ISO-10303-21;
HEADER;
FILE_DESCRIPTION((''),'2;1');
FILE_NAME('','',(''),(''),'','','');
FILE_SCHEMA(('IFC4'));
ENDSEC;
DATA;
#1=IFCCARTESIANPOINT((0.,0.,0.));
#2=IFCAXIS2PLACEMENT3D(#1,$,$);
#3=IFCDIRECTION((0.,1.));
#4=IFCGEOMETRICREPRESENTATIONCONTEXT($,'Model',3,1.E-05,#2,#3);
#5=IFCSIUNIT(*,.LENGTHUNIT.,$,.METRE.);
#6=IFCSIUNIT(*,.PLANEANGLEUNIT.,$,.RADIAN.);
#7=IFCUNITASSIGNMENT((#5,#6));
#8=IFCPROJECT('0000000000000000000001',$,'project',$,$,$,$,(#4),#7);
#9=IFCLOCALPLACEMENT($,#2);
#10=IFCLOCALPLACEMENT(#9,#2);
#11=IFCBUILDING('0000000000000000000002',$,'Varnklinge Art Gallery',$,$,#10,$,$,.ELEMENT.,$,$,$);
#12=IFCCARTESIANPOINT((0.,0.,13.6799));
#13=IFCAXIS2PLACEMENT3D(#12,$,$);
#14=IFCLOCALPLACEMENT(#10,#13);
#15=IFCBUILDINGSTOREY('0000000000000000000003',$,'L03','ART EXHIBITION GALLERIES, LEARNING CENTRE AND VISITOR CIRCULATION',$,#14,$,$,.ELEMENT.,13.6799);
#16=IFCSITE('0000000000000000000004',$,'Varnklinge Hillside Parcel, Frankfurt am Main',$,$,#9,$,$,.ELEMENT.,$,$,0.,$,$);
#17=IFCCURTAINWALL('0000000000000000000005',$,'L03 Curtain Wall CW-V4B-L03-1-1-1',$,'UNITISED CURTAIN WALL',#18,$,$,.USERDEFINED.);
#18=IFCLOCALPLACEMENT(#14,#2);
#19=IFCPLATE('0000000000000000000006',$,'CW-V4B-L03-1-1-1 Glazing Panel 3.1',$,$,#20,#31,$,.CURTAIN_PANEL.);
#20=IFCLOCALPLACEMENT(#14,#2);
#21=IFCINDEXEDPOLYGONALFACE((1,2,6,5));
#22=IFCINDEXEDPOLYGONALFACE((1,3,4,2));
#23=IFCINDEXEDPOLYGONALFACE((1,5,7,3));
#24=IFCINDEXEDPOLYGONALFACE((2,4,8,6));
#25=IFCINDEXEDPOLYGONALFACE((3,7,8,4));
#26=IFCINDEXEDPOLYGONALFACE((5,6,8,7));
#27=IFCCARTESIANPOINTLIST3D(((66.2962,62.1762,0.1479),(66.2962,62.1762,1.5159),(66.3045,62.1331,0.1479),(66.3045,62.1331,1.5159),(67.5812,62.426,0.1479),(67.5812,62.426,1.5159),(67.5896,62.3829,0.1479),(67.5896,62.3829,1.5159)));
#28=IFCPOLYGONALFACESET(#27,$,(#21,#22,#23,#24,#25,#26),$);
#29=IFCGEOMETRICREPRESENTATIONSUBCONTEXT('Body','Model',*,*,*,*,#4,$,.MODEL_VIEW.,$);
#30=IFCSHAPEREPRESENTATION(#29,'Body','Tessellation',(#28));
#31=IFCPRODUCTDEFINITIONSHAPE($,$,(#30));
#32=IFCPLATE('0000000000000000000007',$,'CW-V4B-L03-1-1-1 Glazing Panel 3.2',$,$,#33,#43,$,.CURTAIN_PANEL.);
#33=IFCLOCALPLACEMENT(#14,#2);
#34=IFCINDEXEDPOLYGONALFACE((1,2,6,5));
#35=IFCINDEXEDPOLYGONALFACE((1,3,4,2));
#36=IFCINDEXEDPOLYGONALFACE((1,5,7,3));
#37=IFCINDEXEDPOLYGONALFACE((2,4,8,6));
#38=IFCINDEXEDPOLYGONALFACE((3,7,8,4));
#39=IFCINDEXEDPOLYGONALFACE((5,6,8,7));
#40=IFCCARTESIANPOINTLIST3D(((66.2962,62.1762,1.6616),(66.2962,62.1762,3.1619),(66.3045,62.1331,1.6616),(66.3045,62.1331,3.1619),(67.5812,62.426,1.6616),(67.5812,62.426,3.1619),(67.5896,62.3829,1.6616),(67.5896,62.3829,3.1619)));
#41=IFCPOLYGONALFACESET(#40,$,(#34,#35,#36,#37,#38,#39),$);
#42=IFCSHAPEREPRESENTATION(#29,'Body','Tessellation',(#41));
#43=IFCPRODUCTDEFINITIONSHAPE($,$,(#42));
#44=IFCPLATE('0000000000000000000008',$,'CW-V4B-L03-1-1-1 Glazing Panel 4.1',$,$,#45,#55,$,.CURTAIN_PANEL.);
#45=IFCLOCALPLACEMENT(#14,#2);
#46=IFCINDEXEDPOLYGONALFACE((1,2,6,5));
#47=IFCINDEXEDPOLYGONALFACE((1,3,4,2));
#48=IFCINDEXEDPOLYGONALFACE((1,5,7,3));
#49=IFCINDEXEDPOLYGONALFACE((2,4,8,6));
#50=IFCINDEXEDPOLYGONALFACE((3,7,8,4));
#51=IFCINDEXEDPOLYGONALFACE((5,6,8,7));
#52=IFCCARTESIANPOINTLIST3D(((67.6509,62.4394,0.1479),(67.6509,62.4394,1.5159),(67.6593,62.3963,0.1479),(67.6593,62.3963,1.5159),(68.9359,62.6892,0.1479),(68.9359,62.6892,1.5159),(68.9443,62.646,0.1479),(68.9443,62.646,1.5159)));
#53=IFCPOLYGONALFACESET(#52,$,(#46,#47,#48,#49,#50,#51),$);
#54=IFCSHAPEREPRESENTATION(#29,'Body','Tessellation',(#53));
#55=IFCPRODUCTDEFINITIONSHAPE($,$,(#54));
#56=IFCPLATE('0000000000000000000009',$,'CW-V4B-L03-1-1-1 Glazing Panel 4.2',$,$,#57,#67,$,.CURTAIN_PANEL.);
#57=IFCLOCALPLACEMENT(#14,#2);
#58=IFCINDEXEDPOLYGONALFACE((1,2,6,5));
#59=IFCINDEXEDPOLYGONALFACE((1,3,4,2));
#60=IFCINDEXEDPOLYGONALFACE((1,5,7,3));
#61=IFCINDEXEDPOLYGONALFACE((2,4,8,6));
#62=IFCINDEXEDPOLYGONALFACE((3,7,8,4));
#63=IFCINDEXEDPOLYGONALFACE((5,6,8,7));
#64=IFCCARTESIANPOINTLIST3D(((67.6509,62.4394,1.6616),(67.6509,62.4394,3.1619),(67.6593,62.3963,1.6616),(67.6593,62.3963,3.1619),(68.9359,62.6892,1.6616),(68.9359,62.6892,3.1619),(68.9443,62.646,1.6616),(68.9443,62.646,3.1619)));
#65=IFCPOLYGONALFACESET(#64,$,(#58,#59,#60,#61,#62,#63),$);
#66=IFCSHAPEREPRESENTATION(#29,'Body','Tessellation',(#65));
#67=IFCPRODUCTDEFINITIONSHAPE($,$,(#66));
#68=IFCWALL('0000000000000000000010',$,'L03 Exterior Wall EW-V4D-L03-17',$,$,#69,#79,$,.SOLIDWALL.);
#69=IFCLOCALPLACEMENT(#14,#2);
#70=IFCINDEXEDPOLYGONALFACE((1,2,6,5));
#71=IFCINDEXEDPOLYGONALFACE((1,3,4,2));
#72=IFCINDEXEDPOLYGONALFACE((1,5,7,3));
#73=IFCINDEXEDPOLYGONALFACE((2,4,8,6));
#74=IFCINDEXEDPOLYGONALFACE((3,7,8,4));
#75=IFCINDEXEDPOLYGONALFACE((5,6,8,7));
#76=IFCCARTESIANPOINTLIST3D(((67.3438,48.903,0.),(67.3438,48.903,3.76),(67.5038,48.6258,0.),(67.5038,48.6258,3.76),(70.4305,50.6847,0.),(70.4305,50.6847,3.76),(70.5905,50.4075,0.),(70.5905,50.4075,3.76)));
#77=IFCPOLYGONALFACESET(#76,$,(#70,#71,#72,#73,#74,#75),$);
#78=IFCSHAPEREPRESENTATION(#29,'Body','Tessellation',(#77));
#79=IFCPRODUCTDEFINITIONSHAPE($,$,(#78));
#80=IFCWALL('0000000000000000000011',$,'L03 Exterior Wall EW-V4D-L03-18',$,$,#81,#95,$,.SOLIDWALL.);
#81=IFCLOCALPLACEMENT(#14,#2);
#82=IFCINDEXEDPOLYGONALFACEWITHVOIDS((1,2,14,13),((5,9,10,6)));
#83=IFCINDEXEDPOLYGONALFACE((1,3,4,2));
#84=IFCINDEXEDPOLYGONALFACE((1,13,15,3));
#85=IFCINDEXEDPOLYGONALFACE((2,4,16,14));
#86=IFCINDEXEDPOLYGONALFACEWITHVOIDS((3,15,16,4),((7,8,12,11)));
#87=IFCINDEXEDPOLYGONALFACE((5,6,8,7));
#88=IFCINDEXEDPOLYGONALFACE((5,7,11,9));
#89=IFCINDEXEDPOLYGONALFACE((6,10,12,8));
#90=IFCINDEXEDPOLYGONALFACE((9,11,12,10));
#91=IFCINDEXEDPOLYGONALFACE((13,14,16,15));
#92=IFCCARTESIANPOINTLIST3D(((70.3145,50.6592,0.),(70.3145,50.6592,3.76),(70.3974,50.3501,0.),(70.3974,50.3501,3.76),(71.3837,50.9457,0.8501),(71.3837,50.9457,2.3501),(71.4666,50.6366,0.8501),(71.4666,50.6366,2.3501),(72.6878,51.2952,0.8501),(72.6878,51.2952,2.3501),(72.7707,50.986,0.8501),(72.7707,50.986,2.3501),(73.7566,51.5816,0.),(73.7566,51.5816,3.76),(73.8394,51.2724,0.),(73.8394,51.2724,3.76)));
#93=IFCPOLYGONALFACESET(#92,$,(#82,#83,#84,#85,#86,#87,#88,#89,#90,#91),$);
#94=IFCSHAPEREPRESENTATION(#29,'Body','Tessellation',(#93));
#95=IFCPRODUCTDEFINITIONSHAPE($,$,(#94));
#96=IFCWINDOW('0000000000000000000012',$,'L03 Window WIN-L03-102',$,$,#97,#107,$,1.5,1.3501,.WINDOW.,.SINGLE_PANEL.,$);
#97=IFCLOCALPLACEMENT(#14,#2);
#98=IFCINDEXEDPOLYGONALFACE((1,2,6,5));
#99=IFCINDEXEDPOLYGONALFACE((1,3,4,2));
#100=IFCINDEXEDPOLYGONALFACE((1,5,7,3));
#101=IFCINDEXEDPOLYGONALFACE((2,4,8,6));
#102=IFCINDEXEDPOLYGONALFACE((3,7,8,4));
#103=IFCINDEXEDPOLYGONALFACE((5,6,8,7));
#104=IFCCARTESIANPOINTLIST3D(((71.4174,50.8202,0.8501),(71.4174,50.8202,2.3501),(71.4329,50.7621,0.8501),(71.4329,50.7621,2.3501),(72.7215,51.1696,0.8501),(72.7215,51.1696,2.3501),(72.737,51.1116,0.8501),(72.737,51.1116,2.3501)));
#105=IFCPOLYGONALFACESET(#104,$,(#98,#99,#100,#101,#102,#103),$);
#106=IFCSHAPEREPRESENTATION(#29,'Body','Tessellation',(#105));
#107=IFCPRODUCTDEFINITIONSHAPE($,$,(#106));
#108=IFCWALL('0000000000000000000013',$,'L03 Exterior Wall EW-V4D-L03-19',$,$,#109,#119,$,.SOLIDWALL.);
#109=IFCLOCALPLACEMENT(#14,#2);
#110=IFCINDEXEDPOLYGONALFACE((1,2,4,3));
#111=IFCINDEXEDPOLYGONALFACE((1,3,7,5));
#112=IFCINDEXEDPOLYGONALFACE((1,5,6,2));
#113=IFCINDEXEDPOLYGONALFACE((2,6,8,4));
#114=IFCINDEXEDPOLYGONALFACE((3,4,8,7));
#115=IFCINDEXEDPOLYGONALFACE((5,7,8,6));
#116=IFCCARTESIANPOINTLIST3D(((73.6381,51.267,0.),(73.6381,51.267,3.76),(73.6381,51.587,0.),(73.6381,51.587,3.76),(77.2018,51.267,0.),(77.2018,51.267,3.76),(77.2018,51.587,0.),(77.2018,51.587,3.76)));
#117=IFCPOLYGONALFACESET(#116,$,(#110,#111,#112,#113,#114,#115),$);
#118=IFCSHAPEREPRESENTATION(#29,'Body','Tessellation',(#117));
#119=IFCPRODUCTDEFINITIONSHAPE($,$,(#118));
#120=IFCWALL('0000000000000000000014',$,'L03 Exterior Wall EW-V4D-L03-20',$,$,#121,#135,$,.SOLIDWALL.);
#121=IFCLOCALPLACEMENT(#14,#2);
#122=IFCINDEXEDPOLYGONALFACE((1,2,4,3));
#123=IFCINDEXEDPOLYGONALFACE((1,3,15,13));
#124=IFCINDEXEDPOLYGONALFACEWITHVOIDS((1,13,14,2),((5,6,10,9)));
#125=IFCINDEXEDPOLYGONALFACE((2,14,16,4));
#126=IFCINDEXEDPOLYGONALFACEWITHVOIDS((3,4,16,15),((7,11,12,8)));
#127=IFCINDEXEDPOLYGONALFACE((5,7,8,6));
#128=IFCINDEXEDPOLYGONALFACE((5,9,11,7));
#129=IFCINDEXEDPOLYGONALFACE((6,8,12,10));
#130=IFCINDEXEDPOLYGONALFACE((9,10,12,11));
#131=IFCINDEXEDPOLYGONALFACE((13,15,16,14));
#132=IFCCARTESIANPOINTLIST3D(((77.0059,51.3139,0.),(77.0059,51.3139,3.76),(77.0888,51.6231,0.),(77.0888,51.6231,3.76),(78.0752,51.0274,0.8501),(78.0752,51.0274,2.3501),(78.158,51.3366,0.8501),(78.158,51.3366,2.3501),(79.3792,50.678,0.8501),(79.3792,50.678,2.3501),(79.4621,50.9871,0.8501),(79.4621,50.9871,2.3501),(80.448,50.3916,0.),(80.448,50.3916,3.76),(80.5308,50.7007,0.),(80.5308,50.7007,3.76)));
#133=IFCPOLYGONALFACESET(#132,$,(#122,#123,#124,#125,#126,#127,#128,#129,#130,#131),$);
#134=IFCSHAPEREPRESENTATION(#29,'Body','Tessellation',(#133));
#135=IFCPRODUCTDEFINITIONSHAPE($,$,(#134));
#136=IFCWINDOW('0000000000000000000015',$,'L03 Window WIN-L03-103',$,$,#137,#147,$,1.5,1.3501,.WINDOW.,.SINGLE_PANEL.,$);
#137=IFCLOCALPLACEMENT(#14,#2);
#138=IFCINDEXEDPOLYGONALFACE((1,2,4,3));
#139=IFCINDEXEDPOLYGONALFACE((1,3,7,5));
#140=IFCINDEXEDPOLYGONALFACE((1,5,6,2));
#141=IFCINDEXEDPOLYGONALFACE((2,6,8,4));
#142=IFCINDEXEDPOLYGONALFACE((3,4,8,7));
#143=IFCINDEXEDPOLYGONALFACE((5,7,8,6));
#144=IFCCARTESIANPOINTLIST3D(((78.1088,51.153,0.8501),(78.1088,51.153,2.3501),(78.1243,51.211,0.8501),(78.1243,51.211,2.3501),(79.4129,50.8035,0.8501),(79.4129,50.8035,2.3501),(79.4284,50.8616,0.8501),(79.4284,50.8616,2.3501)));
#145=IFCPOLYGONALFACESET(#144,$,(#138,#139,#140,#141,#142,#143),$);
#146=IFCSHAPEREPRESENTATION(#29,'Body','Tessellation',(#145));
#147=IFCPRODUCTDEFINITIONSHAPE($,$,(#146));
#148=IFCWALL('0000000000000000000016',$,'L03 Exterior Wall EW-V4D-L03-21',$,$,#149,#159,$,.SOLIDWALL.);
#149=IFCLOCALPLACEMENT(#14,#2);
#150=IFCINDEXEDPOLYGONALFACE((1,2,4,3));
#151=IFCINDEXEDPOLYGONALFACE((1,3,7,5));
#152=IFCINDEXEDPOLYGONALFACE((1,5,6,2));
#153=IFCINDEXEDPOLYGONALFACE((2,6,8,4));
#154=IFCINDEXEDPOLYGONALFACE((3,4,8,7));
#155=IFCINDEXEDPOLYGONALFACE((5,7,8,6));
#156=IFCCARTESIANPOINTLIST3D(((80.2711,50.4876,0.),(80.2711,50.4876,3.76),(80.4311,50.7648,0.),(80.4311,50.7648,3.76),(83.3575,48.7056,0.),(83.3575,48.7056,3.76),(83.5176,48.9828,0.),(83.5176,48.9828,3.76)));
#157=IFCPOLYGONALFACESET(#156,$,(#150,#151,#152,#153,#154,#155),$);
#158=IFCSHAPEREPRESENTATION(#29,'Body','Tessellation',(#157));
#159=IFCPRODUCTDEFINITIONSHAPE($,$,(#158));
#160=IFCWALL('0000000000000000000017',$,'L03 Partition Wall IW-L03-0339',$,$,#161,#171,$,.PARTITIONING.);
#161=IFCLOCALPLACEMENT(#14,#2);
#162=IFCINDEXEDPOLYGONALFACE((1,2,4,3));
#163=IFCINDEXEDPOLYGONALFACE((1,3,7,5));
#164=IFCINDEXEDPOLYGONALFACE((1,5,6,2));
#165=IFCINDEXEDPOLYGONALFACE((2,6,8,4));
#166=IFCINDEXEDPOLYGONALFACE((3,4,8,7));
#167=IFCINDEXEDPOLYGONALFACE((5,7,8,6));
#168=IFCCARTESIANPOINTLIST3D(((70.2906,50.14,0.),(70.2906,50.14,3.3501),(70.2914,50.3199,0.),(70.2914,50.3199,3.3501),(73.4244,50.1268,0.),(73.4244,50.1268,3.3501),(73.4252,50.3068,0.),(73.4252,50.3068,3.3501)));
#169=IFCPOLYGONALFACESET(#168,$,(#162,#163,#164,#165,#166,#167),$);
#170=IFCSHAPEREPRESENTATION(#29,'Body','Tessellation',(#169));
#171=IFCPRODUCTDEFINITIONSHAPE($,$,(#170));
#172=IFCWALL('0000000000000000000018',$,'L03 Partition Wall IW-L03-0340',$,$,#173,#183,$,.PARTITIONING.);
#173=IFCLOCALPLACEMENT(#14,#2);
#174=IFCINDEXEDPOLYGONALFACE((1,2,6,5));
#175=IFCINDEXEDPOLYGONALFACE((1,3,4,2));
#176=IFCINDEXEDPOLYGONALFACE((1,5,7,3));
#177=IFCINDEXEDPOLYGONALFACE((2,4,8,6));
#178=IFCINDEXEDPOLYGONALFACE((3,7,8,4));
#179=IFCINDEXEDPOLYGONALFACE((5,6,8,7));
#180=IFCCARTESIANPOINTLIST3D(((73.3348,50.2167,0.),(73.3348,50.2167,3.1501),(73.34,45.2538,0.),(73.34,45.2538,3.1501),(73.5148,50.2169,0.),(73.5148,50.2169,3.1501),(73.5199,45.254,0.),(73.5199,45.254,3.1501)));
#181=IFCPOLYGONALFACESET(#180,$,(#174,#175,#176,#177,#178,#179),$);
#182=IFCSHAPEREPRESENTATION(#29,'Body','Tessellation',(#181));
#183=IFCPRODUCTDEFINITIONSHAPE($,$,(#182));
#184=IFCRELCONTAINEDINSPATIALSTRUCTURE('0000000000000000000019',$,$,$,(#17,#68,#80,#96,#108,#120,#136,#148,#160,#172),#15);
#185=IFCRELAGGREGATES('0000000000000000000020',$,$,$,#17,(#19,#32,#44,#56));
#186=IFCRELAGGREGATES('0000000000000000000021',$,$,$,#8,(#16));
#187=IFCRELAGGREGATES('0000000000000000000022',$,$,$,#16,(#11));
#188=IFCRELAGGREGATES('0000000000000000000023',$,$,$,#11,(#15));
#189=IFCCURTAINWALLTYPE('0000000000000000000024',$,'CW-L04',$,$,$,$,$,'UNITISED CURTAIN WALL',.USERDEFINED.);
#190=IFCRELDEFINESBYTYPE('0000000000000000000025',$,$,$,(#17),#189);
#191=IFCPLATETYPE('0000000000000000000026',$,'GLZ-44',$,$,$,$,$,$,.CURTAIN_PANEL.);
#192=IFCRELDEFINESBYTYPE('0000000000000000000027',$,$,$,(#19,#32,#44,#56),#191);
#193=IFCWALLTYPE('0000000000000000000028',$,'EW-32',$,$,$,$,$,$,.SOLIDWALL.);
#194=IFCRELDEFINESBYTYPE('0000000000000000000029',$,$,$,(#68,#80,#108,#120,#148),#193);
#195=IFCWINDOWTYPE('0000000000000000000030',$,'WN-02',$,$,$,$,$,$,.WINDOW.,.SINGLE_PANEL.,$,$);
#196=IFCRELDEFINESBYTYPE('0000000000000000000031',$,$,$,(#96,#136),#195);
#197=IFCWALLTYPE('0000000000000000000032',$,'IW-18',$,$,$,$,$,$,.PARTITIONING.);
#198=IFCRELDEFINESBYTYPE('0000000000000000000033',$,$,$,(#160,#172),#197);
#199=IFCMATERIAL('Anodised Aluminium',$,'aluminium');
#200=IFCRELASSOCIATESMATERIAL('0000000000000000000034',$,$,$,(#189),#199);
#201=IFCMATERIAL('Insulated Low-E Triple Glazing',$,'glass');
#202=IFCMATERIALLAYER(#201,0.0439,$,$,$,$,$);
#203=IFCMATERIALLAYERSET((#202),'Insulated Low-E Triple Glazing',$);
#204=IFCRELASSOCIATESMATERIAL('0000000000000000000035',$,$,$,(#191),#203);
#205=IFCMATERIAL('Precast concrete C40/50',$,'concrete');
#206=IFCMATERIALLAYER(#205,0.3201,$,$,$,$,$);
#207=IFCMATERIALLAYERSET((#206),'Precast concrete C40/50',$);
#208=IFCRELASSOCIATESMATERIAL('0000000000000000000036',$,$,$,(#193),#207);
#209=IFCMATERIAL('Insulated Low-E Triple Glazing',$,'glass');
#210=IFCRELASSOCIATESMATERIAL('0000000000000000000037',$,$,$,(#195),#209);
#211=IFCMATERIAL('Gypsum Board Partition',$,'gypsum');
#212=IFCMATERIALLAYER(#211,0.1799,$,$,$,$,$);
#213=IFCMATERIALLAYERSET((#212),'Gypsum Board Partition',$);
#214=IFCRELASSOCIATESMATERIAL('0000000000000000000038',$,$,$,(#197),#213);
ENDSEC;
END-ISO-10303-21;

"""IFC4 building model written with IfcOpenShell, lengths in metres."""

from ifc_helpers import new_model, si_unit, direction, frame, frame_2d, origin, origin_2d, place, context, subcontext, project, spatial, rectangle, extrude, material, layer, layer_set, type_object, element, fill, aggregate, save


model = new_model("IFC4")

# Units and contexts
model_context = context("Model", 3, precision=1e-05, world=origin(), true_north=direction((0.0, 1.0)))
body_context = subcontext(model_context, "Body", "Model", "MODEL_VIEW")
ifc_project = project(units=[si_unit("LENGTHUNIT", "METRE"), si_unit("PLANEANGLEUNIT", "RADIAN")], contexts=[model_context])

# Site, building, storey
site_placement = place(None, origin())
site = spatial("IfcSite", under=ifc_project, at=site_placement, Name="Varnklinge Hillside Parcel, Frankfurt am Main", CompositionType="ELEMENT", RefElevation=0.0)
building_placement = place(site_placement, origin())
building = spatial("IfcBuilding", under=site, at=building_placement, Name="Varnklinge Art Gallery", CompositionType="ELEMENT")
storey_placement = place(building_placement, frame((0.0, 0.0, 13.6799)))
storey = spatial("IfcBuildingStorey", under=building, at=storey_placement, Name="L03", Description="ART EXHIBITION GALLERIES, LEARNING CENTRE AND VISITOR CIRCULATION", CompositionType="ELEMENT", Elevation=13.6799)

# Curtain wall
ifc_material_1 = material(Name="Anodised Aluminium", Category="aluminium")
curtain_wall_type = type_object("IfcCurtainWallType", Name="CW-L04", ElementType="UNITISED CURTAIN WALL", PredefinedType="USERDEFINED", material=ifc_material_1)
curtain_wall_placement = place(storey_placement, origin())
curtain_wall = element("IfcCurtainWall", 1, at=curtain_wall_placement, inside=storey, type_object=curtain_wall_type, Name="L03 Curtain Wall CW-V4B-L03-1-1-1", ObjectType="UNITISED CURTAIN WALL", PredefinedType="USERDEFINED")

# Plates
ifc_material_2 = material(Name="Insulated Low-E Triple Glazing", Category="glass")
ifc_layer_1 = layer(ifc_material_2, 0.0439)
ifc_layer_set_1 = layer_set([ifc_layer_1], Name="Insulated Low-E Triple Glazing")
plate_type = type_object("IfcPlateType", Name="GLZ-44", PredefinedType="CURTAIN_PANEL", material=ifc_layer_set_1)
plate_1_placement = place(storey_placement, frame((66.9429, 62.2795, 0.1479), z_axis=(0.0, 0.0, 1.0), x_axis=(0.981627, 0.190809, 0.0)))
plate_1 = element("IfcPlate", 2, at=plate_1_placement, type_object=plate_type, Name="CW-V4B-L03-1-1-1 Glazing Panel 3.1", PredefinedType="CURTAIN_PANEL", context=body_context, shape_type="SweptSolid", body=[
    extrude(rectangle(XDim=1.3091, YDim=0.0439, at=origin_2d()), origin(), (0.0, 0.0, 1.0), 1.3679),
])
plate_2_placement = place(storey_placement, frame((66.9429, 62.2795, 1.6616), z_axis=(0.0, 0.0, 1.0), x_axis=(0.981627, 0.190809, 0.0)))
plate_2 = element("IfcPlate", 3, at=plate_2_placement, type_object=plate_type, Name="CW-V4B-L03-1-1-1 Glazing Panel 3.2", PredefinedType="CURTAIN_PANEL", context=body_context, shape_type="SweptSolid", body=[
    extrude(rectangle(XDim=1.3091, YDim=0.0439, at=origin_2d()), origin(), (0.0, 0.0, 1.0), 1.5002),
])
plate_3_placement = place(storey_placement, frame((68.2976, 62.5427, 0.1479), z_axis=(0.0, 0.0, 1.0), x_axis=(0.981627, 0.190809, 0.0)))
plate_3 = element("IfcPlate", 4, at=plate_3_placement, type_object=plate_type, Name="CW-V4B-L03-1-1-1 Glazing Panel 4.1", PredefinedType="CURTAIN_PANEL", context=body_context, shape_type="SweptSolid", body=[
    extrude(rectangle(XDim=1.3091, YDim=0.0439, at=origin_2d()), origin(), (0.0, 0.0, 1.0), 1.3679),
])
plate_4_placement = place(storey_placement, frame((68.2976, 62.5427, 1.6616), z_axis=(0.0, 0.0, 1.0), x_axis=(0.981627, 0.190809, 0.0)))
plate_4 = element("IfcPlate", 5, at=plate_4_placement, type_object=plate_type, Name="CW-V4B-L03-1-1-1 Glazing Panel 4.2", PredefinedType="CURTAIN_PANEL", context=body_context, shape_type="SweptSolid", body=[
    extrude(rectangle(XDim=1.3091, YDim=0.0439, at=origin_2d()), origin(), (0.0, 0.0, 1.0), 1.5002),
])
aggregate(curtain_wall, [plate_1, plate_2, plate_3, plate_4])

# Wall
ifc_material_3 = material(Name="Precast concrete C40/50", Category="concrete")
ifc_layer_2 = layer(ifc_material_3, 0.3201)
ifc_layer_set_2 = layer_set([ifc_layer_2], Name="Precast concrete C40/50")
wall_type_1 = type_object("IfcWallType", Name="EW-32", PredefinedType="SOLIDWALL", material=ifc_layer_set_2)
wall_1_placement = place(storey_placement, frame((67.4238, 48.7644, 0.0), z_axis=(0.0, 0.0, 1.0), x_axis=(0.866068, 0.499926, 0.0)))
element("IfcWall", 6, at=wall_1_placement, inside=storey, type_object=wall_type_1, Name="L03 Exterior Wall EW-V4D-L03-17", PredefinedType="SOLIDWALL", context=body_context, shape_type="SweptSolid", body=[
    extrude(rectangle(XDim=3.564, YDim=0.3201, at=frame_2d((1.782, 0.0))), origin(), (0.0, 0.0, 1.0), 3.76),
])

# Wall, opening, window
wall_2_placement = place(storey_placement, frame((70.356, 50.5046, 0.0), z_axis=(0.0, 0.0, 1.0), x_axis=(0.965923, 0.258831, 0.0)))
wall_2 = element("IfcWall", 7, at=wall_2_placement, inside=storey, type_object=wall_type_1, Name="L03 Exterior Wall EW-V4D-L03-18", PredefinedType="SOLIDWALL", context=body_context, shape_type="SweptSolid", body=[
    extrude(rectangle(XDim=3.5635, YDim=0.3201, at=frame_2d((1.7817, 0.0))), origin(), (0.0, 0.0, 1.0), 3.76),
])
opening_1_placement = place(wall_2_placement, frame((1.1069, 0.0, 0.8501)))
opening_1 = element("IfcOpeningElement", 8, at=opening_1_placement, cuts=wall_2, PredefinedType="OPENING", context=body_context, shape_type="SweptSolid", body=[
    extrude(rectangle(XDim=1.3501, YDim=1.5, at=frame_2d((0.675, 0.75))), frame((0.0, 0.1702, 0.0), z_axis=(0.0, -1.0, 0.0), x_axis=(1.0, 0.0, 0.0)), (0.0, 0.0, 1.0), 0.3401),
])
ifc_material_4 = material(Name="Insulated Low-E Triple Glazing", Category="glass")
window_type = type_object("IfcWindowType", Name="WN-02", PartitioningType="SINGLE_PANEL", PredefinedType="WINDOW", material=ifc_material_4)
window_1_placement = place(opening_1_placement, origin())
window_1 = element("IfcWindow", 9, at=window_1_placement, inside=storey, type_object=window_type, Name="L03 Window WIN-L03-102", OverallHeight=1.5, OverallWidth=1.3501, PartitioningType="SINGLE_PANEL", PredefinedType="WINDOW", context=body_context, shape_type="SweptSolid", body=[
    extrude(rectangle(XDim=1.3501, YDim=1.5, at=frame_2d((0.675, 0.75))), frame((0.0, 0.03, 0.0), z_axis=(0.0, -1.0, 0.0), x_axis=(1.0, 0.0, 0.0)), (0.0, 0.0, 1.0), 0.0601),
])
fill(opening_1, window_1)

# Wall
wall_3_placement = place(storey_placement, frame((73.6382, 51.427, 0.0), z_axis=(0.0, 0.0, 1.0), x_axis=(1.0, 0.0, 0.0)))
element("IfcWall", 10, at=wall_3_placement, inside=storey, type_object=wall_type_1, Name="L03 Exterior Wall EW-V4D-L03-19", PredefinedType="SOLIDWALL", context=body_context, shape_type="SweptSolid", body=[
    extrude(rectangle(XDim=3.5637, YDim=0.3201, at=frame_2d((1.7817, 0.0))), origin(), (0.0, 0.0, 1.0), 3.76),
])

# Wall, opening, window
wall_4_placement = place(storey_placement, frame((77.0474, 51.4685, 0.0), z_axis=(0.0, 0.0, 1.0), x_axis=(0.965923, -0.258831, 0.0)))
wall_4 = element("IfcWall", 11, at=wall_4_placement, inside=storey, type_object=wall_type_1, Name="L03 Exterior Wall EW-V4D-L03-20", PredefinedType="SOLIDWALL", context=body_context, shape_type="SweptSolid", body=[
    extrude(rectangle(XDim=3.5635, YDim=0.3201, at=frame_2d((1.7817, 0.0))), origin(), (0.0, 0.0, 1.0), 3.76),
])
opening_2_placement = place(wall_4_placement, frame((1.1069, 0.0, 0.8501)))
opening_2 = element("IfcOpeningElement", 12, at=opening_2_placement, cuts=wall_4, PredefinedType="OPENING", context=body_context, shape_type="SweptSolid", body=[
    extrude(rectangle(XDim=1.3501, YDim=1.5, at=frame_2d((0.675, 0.75))), frame((0.0, 0.1702, 0.0), z_axis=(0.0, -1.0, 0.0), x_axis=(1.0, 0.0, 0.0)), (0.0, 0.0, 1.0), 0.3401),
])
window_2_placement = place(opening_2_placement, origin())
window_2 = element("IfcWindow", 13, at=window_2_placement, inside=storey, type_object=window_type, Name="L03 Window WIN-L03-103", OverallHeight=1.5, OverallWidth=1.3501, PartitioningType="SINGLE_PANEL", PredefinedType="WINDOW", context=body_context, shape_type="SweptSolid", body=[
    extrude(rectangle(XDim=1.3501, YDim=1.5, at=frame_2d((0.675, 0.75))), frame((0.0, 0.03, 0.0), z_axis=(0.0, -1.0, 0.0), x_axis=(1.0, 0.0, 0.0)), (0.0, 0.0, 1.0), 0.0601),
])
fill(opening_2, window_2)

# Walls
wall_5_placement = place(storey_placement, frame((80.3511, 50.6262, 0.0), z_axis=(0.0, 0.0, 1.0), x_axis=(0.866021, -0.500007, 0.0)))
element("IfcWall", 14, at=wall_5_placement, inside=storey, type_object=wall_type_1, Name="L03 Exterior Wall EW-V4D-L03-21", PredefinedType="SOLIDWALL", context=body_context, shape_type="SweptSolid", body=[
    extrude(rectangle(XDim=3.564, YDim=0.3201, at=frame_2d((1.782, 0.0))), origin(), (0.0, 0.0, 1.0), 3.76),
])
ifc_material_5 = material(Name="Gypsum Board Partition", Category="gypsum")
ifc_layer_3 = layer(ifc_material_5, 0.1799)
ifc_layer_set_3 = layer_set([ifc_layer_3], Name="Gypsum Board Partition")
wall_type_2 = type_object("IfcWallType", Name="IW-18", PredefinedType="PARTITIONING", material=ifc_layer_set_3)
wall_6_placement = place(storey_placement, frame((70.291, 50.23, 0.0), z_axis=(0.0, 0.0, 1.0), x_axis=(0.999991, -0.004207, 0.0)))
element("IfcWall", 15, at=wall_6_placement, inside=storey, type_object=wall_type_2, Name="L03 Partition Wall IW-L03-0339", PredefinedType="PARTITIONING", context=body_context, shape_type="SweptSolid", body=[
    extrude(rectangle(XDim=3.1338, YDim=0.1799, at=frame_2d((1.5669, 0.0))), origin(), (0.0, 0.0, 1.0), 3.3501),
])
wall_7_placement = place(storey_placement, frame((73.4248, 50.2168, 0.0), z_axis=(0.0, 0.0, 1.0), x_axis=(0.001033, -0.999999, 0.0)))
element("IfcWall", 16, at=wall_7_placement, inside=storey, type_object=wall_type_2, Name="L03 Partition Wall IW-L03-0340", PredefinedType="PARTITIONING", context=body_context, shape_type="SweptSolid", body=[
    extrude(rectangle(XDim=4.9629, YDim=0.1799, at=frame_2d((2.4814, 0.0))), origin(), (0.0, 0.0, 1.0), 3.1501),
])

save(model, "model.ifc")
